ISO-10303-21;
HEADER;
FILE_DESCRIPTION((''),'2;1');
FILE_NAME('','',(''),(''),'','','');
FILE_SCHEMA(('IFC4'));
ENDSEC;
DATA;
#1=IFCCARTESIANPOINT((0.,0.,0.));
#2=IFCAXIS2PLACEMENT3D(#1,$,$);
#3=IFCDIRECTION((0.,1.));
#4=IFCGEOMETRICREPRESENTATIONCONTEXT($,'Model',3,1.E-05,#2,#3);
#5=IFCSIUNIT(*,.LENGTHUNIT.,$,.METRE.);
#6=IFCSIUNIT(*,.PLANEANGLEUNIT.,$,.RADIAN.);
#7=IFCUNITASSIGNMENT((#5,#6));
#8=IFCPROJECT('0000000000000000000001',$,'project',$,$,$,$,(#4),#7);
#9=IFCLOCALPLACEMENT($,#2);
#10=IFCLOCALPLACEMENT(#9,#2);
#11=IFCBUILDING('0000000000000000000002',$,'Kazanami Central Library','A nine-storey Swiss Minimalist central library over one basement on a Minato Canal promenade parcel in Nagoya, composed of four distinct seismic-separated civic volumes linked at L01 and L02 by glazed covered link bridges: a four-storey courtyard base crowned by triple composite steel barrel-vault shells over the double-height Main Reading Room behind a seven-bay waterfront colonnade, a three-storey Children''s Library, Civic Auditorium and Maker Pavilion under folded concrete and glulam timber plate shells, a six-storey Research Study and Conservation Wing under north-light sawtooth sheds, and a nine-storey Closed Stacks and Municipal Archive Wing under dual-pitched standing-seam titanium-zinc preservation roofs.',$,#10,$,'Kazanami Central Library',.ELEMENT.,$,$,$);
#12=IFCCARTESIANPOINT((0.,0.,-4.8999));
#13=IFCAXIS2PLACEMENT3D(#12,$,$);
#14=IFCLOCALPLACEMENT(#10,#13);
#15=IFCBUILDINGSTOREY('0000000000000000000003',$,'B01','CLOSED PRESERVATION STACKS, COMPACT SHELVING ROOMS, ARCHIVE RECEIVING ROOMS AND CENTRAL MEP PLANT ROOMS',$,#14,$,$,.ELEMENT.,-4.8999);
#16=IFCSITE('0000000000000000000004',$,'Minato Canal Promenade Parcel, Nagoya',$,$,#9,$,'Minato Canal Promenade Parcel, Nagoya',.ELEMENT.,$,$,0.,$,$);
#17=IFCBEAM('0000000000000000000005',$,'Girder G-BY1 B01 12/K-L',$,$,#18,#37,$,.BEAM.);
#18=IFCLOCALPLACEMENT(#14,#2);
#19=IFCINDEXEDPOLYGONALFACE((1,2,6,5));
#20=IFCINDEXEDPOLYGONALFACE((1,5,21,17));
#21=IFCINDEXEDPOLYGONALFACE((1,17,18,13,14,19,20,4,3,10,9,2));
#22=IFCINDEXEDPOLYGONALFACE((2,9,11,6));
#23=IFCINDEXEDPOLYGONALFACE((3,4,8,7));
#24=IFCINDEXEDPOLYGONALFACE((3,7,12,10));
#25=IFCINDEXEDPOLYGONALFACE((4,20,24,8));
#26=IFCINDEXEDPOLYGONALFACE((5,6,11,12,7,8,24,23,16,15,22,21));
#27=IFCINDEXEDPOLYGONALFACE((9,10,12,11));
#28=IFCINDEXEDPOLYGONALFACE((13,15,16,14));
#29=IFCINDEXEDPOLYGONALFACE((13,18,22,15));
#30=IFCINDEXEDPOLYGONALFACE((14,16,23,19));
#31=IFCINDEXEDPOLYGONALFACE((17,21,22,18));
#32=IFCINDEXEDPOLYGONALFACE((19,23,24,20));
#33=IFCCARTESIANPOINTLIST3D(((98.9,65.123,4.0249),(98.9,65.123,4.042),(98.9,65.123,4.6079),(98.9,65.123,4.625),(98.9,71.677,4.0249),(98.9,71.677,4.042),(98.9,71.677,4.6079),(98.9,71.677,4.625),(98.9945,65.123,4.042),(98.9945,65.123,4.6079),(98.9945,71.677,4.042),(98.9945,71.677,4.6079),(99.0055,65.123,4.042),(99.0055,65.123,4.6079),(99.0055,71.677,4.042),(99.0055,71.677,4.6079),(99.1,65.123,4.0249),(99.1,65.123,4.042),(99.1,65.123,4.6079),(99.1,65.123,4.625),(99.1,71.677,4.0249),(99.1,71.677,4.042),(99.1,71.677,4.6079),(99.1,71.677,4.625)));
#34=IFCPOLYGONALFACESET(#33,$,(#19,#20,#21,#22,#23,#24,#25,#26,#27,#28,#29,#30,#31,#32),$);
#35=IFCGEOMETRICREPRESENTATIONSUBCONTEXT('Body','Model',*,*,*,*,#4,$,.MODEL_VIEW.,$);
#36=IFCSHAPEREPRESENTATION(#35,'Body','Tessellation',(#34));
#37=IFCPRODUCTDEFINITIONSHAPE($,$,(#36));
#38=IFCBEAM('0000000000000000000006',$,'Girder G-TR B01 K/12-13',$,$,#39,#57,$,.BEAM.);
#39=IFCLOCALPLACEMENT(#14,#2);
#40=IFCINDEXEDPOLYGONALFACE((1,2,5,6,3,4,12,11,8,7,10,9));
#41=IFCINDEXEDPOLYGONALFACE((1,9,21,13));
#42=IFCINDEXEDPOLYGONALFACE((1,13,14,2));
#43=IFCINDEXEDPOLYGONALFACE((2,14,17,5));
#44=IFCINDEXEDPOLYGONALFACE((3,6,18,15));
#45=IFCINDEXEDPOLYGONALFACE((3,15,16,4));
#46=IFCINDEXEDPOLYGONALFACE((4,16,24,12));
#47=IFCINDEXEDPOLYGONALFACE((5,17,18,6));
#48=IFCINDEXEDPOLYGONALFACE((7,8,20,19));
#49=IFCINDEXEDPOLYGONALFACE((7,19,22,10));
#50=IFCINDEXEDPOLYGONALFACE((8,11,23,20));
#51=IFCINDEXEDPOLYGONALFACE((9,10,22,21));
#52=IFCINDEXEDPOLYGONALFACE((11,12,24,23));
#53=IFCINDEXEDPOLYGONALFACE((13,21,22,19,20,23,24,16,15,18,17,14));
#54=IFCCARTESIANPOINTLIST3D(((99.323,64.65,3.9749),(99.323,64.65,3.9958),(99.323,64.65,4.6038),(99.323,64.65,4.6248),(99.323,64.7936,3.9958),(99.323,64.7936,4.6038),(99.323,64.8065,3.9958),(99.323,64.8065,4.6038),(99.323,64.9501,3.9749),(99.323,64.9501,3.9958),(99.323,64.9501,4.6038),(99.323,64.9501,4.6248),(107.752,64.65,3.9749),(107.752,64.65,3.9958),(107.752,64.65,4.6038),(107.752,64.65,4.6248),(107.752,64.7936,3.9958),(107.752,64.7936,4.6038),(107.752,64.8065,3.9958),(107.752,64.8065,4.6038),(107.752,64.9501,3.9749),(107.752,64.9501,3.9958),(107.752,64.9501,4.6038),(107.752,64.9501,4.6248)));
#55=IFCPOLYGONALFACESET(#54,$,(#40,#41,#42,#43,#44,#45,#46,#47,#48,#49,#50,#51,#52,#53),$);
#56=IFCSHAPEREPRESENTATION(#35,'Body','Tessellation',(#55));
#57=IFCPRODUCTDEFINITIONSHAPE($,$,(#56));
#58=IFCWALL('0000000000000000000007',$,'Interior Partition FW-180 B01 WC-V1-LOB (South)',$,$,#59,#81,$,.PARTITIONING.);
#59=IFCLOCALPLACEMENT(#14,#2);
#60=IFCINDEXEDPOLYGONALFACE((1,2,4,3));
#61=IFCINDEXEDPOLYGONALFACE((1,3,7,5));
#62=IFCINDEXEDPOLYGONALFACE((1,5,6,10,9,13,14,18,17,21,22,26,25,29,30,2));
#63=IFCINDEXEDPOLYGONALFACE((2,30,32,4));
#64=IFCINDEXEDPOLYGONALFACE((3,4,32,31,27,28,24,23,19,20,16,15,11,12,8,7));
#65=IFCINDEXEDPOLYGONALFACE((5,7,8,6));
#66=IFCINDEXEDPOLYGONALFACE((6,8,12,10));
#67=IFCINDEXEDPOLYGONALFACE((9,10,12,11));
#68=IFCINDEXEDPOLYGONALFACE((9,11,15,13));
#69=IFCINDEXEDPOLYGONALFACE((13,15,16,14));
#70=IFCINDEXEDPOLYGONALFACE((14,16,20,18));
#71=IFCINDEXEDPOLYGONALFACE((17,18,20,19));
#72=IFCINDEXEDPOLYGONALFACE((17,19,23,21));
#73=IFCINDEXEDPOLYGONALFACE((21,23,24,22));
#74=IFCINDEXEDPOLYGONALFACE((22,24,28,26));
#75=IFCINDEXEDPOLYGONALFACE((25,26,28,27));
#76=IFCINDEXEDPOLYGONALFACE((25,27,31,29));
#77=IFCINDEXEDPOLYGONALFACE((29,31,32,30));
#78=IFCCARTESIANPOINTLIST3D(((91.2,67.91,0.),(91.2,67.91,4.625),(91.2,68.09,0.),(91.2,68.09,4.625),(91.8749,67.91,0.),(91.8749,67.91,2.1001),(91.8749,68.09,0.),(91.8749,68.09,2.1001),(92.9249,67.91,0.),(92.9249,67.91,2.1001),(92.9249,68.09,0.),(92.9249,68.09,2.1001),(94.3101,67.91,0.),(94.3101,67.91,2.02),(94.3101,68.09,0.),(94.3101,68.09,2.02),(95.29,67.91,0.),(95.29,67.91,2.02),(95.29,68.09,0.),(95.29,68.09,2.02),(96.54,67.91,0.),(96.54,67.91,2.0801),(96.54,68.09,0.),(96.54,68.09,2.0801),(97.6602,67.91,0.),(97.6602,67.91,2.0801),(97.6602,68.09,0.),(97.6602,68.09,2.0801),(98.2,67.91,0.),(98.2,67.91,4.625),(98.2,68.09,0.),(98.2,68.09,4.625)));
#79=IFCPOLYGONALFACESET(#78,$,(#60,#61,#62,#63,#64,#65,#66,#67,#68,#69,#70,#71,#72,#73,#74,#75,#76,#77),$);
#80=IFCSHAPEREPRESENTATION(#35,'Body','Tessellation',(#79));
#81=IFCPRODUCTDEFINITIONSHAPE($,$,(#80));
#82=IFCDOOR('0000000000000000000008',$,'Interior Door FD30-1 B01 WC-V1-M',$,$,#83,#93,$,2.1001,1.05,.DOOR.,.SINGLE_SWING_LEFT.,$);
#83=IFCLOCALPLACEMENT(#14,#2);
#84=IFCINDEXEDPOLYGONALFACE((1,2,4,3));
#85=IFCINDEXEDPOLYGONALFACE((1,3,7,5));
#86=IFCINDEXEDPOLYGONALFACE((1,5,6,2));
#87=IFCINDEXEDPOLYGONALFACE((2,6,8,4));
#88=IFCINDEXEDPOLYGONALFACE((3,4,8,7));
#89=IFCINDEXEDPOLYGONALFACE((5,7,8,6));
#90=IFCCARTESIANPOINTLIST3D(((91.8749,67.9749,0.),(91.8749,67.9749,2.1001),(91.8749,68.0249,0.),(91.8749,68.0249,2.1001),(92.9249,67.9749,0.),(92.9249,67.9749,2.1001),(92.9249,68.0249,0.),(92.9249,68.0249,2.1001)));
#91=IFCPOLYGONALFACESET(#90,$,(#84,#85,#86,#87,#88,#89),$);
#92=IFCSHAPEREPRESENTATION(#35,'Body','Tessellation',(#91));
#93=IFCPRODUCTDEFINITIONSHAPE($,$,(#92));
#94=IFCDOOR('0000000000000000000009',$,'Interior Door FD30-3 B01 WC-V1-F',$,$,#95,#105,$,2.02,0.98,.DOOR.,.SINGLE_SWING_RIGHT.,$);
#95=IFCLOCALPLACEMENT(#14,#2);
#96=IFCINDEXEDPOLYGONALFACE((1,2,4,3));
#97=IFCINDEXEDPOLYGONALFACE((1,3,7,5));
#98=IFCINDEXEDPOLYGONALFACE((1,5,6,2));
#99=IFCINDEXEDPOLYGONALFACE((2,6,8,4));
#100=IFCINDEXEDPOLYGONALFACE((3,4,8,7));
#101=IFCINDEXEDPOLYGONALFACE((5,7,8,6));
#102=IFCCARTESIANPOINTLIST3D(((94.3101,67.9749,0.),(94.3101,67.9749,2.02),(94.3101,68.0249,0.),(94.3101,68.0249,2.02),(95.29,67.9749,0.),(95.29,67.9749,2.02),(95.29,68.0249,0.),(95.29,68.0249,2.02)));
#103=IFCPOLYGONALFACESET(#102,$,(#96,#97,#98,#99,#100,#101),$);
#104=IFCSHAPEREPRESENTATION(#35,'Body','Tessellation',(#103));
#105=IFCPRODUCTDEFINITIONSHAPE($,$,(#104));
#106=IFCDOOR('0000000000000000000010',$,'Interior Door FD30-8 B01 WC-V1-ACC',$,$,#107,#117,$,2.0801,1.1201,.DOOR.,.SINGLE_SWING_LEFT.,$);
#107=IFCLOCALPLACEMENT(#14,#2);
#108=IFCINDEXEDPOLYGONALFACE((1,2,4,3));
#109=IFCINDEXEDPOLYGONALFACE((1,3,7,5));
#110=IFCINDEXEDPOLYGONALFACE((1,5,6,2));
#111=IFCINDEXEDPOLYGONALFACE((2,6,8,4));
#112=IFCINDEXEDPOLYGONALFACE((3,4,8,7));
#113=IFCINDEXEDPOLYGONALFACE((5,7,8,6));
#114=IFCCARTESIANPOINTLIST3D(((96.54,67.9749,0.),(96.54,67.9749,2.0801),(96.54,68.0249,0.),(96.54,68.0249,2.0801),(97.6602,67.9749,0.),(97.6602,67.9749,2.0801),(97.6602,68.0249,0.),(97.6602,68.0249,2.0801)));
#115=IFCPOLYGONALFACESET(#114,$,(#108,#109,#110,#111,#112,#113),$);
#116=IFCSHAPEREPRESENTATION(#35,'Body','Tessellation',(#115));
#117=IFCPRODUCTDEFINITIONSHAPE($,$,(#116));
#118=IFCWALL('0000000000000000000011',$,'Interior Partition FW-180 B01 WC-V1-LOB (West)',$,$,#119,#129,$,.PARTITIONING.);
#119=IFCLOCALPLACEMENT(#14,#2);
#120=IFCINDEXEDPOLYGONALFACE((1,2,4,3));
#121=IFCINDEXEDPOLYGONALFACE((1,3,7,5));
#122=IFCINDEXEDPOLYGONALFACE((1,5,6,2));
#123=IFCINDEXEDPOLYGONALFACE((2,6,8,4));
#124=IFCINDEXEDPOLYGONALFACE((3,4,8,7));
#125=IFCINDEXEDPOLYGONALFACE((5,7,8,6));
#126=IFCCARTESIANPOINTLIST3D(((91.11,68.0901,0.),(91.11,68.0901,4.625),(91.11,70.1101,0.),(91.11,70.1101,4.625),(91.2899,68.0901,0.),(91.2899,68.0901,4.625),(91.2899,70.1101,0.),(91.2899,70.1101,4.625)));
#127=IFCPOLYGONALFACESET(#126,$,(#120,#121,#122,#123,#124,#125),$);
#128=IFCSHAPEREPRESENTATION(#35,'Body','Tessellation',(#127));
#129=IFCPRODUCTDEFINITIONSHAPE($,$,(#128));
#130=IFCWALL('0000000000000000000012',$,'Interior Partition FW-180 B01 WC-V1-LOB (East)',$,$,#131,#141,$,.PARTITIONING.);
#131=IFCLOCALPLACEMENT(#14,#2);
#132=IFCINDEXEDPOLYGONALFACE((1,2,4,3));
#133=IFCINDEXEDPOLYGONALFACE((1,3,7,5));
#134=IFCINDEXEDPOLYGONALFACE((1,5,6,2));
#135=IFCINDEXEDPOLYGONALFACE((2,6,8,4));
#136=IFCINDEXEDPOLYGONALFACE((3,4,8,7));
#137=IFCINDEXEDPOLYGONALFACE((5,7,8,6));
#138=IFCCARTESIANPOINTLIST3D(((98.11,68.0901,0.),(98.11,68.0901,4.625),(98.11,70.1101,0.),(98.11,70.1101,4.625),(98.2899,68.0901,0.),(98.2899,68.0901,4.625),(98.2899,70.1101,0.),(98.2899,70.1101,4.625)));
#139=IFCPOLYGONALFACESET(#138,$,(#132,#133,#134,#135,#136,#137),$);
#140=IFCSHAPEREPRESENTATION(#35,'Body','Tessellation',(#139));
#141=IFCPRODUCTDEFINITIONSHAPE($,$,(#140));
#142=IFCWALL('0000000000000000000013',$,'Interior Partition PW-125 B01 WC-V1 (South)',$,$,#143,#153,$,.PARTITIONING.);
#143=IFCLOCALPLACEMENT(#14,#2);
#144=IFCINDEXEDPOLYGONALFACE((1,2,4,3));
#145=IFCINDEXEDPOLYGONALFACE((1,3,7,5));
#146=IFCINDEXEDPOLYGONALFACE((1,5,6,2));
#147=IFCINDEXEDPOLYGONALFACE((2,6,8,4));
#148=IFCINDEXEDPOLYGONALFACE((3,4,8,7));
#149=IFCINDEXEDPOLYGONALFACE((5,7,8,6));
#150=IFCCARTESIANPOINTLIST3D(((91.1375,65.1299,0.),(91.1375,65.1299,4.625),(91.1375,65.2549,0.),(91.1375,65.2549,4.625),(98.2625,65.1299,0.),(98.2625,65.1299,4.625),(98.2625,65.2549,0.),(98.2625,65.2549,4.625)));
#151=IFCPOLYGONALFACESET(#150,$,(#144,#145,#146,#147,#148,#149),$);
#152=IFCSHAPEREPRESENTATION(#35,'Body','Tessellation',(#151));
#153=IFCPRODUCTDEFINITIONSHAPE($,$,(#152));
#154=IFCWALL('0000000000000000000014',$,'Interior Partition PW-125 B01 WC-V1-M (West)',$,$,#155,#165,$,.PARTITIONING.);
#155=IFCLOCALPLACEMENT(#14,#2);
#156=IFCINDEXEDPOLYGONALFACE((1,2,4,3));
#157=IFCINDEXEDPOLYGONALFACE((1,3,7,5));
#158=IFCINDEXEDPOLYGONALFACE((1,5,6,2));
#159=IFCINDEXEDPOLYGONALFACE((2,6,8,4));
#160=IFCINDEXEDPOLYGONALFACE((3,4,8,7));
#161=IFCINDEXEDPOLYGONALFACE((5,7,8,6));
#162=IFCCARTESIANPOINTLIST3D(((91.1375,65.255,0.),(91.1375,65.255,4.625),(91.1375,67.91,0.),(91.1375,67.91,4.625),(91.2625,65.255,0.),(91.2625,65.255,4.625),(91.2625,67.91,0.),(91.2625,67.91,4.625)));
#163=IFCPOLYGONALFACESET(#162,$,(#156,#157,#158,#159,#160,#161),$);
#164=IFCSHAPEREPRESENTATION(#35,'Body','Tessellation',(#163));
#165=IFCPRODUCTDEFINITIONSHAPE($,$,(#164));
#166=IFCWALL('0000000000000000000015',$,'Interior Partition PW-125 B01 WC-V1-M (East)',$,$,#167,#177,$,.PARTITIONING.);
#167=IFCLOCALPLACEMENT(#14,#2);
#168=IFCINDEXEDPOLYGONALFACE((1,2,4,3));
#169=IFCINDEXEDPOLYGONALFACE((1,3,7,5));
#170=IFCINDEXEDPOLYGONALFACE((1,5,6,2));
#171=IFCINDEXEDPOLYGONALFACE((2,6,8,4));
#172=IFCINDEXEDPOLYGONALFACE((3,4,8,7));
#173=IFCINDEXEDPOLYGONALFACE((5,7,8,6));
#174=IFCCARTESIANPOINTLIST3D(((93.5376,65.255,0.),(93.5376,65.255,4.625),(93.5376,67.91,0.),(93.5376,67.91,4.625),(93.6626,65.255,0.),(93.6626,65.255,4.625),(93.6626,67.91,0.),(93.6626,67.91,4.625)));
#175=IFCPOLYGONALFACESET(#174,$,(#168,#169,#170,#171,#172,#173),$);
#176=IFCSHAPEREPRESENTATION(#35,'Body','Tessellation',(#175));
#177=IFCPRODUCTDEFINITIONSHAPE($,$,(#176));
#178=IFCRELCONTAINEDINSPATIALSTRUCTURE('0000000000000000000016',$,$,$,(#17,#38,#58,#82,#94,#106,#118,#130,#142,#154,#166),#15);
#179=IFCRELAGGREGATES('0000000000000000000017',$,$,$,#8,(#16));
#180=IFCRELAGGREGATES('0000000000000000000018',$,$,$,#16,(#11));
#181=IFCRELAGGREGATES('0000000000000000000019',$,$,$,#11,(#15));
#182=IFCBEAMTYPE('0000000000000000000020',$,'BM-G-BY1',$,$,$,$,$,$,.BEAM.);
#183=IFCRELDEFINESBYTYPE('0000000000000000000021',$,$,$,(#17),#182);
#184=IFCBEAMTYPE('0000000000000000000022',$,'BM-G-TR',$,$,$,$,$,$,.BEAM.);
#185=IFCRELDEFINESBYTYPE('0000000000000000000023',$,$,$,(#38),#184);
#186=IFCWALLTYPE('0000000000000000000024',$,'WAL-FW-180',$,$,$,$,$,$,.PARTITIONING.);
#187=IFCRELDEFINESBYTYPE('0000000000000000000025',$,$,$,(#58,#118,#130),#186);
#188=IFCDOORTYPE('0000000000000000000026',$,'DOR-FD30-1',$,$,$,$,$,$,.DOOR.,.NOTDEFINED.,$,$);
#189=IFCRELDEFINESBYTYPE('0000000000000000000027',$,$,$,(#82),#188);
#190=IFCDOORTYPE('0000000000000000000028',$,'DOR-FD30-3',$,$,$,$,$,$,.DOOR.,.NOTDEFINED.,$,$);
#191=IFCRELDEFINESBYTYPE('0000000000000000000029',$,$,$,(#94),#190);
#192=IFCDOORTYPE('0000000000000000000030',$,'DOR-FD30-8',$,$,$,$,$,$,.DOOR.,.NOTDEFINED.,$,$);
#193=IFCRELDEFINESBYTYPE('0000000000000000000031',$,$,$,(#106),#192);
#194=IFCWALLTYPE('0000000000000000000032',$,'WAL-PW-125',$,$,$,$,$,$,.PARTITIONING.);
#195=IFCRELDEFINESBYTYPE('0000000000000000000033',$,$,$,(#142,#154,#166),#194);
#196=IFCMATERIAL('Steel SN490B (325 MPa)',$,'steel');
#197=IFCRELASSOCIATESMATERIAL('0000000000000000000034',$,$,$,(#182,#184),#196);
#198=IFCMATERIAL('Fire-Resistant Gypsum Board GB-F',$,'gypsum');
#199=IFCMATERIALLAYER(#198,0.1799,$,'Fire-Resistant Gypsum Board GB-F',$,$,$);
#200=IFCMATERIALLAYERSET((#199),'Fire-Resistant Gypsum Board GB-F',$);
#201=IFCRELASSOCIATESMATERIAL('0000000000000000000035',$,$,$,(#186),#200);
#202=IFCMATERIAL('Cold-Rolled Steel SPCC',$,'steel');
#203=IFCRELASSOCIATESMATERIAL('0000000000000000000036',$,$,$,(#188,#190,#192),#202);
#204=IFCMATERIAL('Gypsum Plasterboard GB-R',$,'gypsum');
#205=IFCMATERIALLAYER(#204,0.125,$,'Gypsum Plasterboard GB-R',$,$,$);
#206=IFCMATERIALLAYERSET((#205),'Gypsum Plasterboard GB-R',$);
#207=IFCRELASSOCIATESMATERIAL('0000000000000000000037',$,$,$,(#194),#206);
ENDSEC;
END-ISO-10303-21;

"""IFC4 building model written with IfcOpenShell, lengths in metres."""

from ifc_helpers import new_model, si_unit, direction, frame, frame_2d, origin, origin_2d, place, context, subcontext, project, spatial, rectangle, i_section, extrude, material, layer, layer_set, material_profile, profile_set, type_object, element, fill, save


model = new_model("IFC4")

# Units and contexts
model_context = context("Model", 3, precision=1e-05, world=origin(), true_north=direction((0.0, 1.0)))
body_context = subcontext(model_context, "Body", "Model", "MODEL_VIEW")
ifc_project = project(units=[si_unit("LENGTHUNIT", "METRE"), si_unit("PLANEANGLEUNIT", "RADIAN")], contexts=[model_context])

# Site, building, storey
site_placement = place(None, origin())
site = spatial("IfcSite", under=ifc_project, at=site_placement, Name="Minato Canal Promenade Parcel, Nagoya", LongName="Minato Canal Promenade Parcel, Nagoya", CompositionType="ELEMENT", RefElevation=0.0)
building_placement = place(site_placement, origin())
building = spatial("IfcBuilding", under=site, at=building_placement, Name="Kazanami Central Library", Description="A nine-storey Swiss Minimalist central library over one basement on a Minato Canal promenade parcel in Nagoya, composed of four distinct seismic-separated civic volumes linked at L01 and L02 by glazed covered link bridges: a four-storey courtyard base crowned by triple composite steel barrel-vault shells over the double-height Main Reading Room behind a seven-bay waterfront colonnade, a three-storey Children's Library, Civic Auditorium and Maker Pavilion under folded concrete and glulam timber plate shells, a six-storey Research Study and Conservation Wing under north-light sawtooth sheds, and a nine-storey Closed Stacks and Municipal Archive Wing under dual-pitched standing-seam titanium-zinc preservation roofs.", LongName="Kazanami Central Library", CompositionType="ELEMENT")
storey_placement = place(building_placement, frame((0.0, 0.0, -4.8999)))
storey = spatial("IfcBuildingStorey", under=building, at=storey_placement, Name="B01", Description="CLOSED PRESERVATION STACKS, COMPACT SHELVING ROOMS, ARCHIVE RECEIVING ROOMS AND CENTRAL MEP PLANT ROOMS", CompositionType="ELEMENT", Elevation=-4.8999)

# Beams
ifc_material_1 = material(Name="Steel SN490B (325 MPa)", Category="steel")
ifc_material_profile_1 = material_profile(ifc_material_1, i_section(OverallWidth=0.2, OverallDepth=0.6001, WebThickness=0.011, FlangeThickness=0.0171, at=origin_2d()), Name="H-600x200x11x17")
ifc_profile_set_1 = profile_set([ifc_material_profile_1], Name="Steel SN490B (325 MPa)")
beam_type_1 = type_object("IfcBeamType", Name="BM-G-BY1", PredefinedType="BEAM", material=ifc_profile_set_1)
for number, where, z_axis, x_axis, name in (
    (1, (99.0, 65.123, 4.325), (0.0, 1.0, 0.0), (-1.0, 0.0, 0.0), "Girder G-BY1 B01 12/K-L"),
):
    element("IfcBeam", number, at=place(storey_placement, frame(where, z_axis=z_axis, x_axis=x_axis)), inside=storey, type_object=beam_type_1, Name=name, PredefinedType="BEAM", context=body_context, shape_type="SweptSolid", body=[
        extrude(i_section(OverallWidth=0.2, OverallDepth=0.6001, WebThickness=0.011, FlangeThickness=0.0171, at=origin_2d()), origin(), (0.0, 0.0, 1.0), 6.554),
    ])
ifc_material_profile_2 = material_profile(ifc_material_1, i_section(OverallWidth=0.3, OverallDepth=0.6499, WebThickness=0.0129, FlangeThickness=0.021, at=origin_2d()), Name="H-650x300x13x21")
ifc_profile_set_2 = profile_set([ifc_material_profile_2], Name="Steel SN490B (325 MPa)")
beam_type_2 = type_object("IfcBeamType", Name="BM-G-TR", PredefinedType="BEAM", material=ifc_profile_set_2)
beam_placement = place(storey_placement, frame((99.323, 64.8, 4.2998), z_axis=(1.0, 0.0, 0.0), x_axis=(0.0, 1.0, 0.0)))
element("IfcBeam", 2, at=beam_placement, inside=storey, type_object=beam_type_2, Name="Girder G-TR B01 K/12-13", PredefinedType="BEAM", context=body_context, shape_type="SweptSolid", body=[
    extrude(i_section(OverallWidth=0.3, OverallDepth=0.6499, WebThickness=0.0129, FlangeThickness=0.021, at=origin_2d()), origin(), (0.0, 0.0, 1.0), 8.429),
])

# Wall, openings, doors
ifc_material_2 = material(Name="Fire-Resistant Gypsum Board GB-F", Category="gypsum")
ifc_layer_1 = layer(ifc_material_2, 0.1799, Name="Fire-Resistant Gypsum Board GB-F")
ifc_layer_set_1 = layer_set([ifc_layer_1], Name="Fire-Resistant Gypsum Board GB-F")
wall_type_1 = type_object("IfcWallType", Name="WAL-FW-180", PredefinedType="PARTITIONING", material=ifc_layer_set_1)
wall_1_placement = place(storey_placement, frame((91.2, 68.0, 0.0), z_axis=(0.0, 0.0, 1.0), x_axis=(1.0, 0.0, 0.0)))
wall_1 = element("IfcWall", 3, at=wall_1_placement, inside=storey, type_object=wall_type_1, Name="Interior Partition FW-180 B01 WC-V1-LOB (South)", PredefinedType="PARTITIONING", context=body_context, shape_type="SweptSolid", body=[
    extrude(rectangle(XDim=7.0, YDim=0.1799, at=frame_2d((3.5, 0.0))), origin(), (0.0, 0.0, 1.0), 4.625),
])
opening_1_placement = place(wall_1_placement, frame((0.675, 0.0, 0.0)))
opening_1 = element("IfcOpeningElement", 4, at=opening_1_placement, cuts=wall_1, PredefinedType="OPENING", context=body_context, shape_type="SweptSolid", body=[
    extrude(rectangle(XDim=1.05, YDim=2.1001, at=frame_2d((0.5249, 1.05))), frame((0.0, 0.1021, 0.0), z_axis=(0.0, -1.0, 0.0), x_axis=(1.0, 0.0, 0.0)), (0.0, 0.0, 1.0), 0.2039),
])
opening_2_placement = place(wall_1_placement, frame((3.1101, 0.0, 0.0)))
opening_2 = element("IfcOpeningElement", 5, at=opening_2_placement, cuts=wall_1, PredefinedType="OPENING", context=body_context, shape_type="SweptSolid", body=[
    extrude(rectangle(XDim=0.98, YDim=2.02, at=frame_2d((0.49, 1.01))), frame((0.0, 0.1021, 0.0), z_axis=(0.0, -1.0, 0.0), x_axis=(1.0, 0.0, 0.0)), (0.0, 0.0, 1.0), 0.2039),
])
opening_3_placement = place(wall_1_placement, frame((5.3401, 0.0, 0.0)))
opening_3 = element("IfcOpeningElement", 6, at=opening_3_placement, cuts=wall_1, PredefinedType="OPENING", context=body_context, shape_type="SweptSolid", body=[
    extrude(rectangle(XDim=1.1201, YDim=2.0801, at=frame_2d((0.5601, 1.04))), frame((0.0, 0.1021, 0.0), z_axis=(0.0, -1.0, 0.0), x_axis=(1.0, 0.0, 0.0)), (0.0, 0.0, 1.0), 0.2039),
])
ifc_material_3 = material(Name="Cold-Rolled Steel SPCC", Category="steel")
door_type_1 = type_object("IfcDoorType", Name="DOR-FD30-1", OperationType="NOTDEFINED", PredefinedType="DOOR", material=ifc_material_3)
door_1_placement = place(opening_1_placement, origin())
door_1 = element("IfcDoor", 7, at=door_1_placement, inside=storey, type_object=door_type_1, Name="Interior Door FD30-1 B01 WC-V1-M", OperationType="SINGLE_SWING_LEFT", OverallHeight=2.1001, OverallWidth=1.05, PredefinedType="DOOR", context=body_context, shape_type="SweptSolid", body=[
    extrude(rectangle(XDim=1.05, YDim=2.1001, at=frame_2d((0.5249, 1.05))), frame((0.0, 0.0249, 0.0), z_axis=(0.0, -1.0, 0.0), x_axis=(1.0, 0.0, 0.0)), (0.0, 0.0, 1.0), 0.05),
])
fill(opening_1, door_1)
door_type_2 = type_object("IfcDoorType", Name="DOR-FD30-3", OperationType="NOTDEFINED", PredefinedType="DOOR", material=ifc_material_3)
door_2_placement = place(opening_2_placement, origin())
door_2 = element("IfcDoor", 8, at=door_2_placement, inside=storey, type_object=door_type_2, Name="Interior Door FD30-3 B01 WC-V1-F", OperationType="SINGLE_SWING_RIGHT", OverallHeight=2.02, OverallWidth=0.98, PredefinedType="DOOR", context=body_context, shape_type="SweptSolid", body=[
    extrude(rectangle(XDim=0.98, YDim=2.02, at=frame_2d((0.49, 1.01))), frame((0.0, 0.0249, 0.0), z_axis=(0.0, -1.0, 0.0), x_axis=(1.0, 0.0, 0.0)), (0.0, 0.0, 1.0), 0.05),
])
fill(opening_2, door_2)
door_type_3 = type_object("IfcDoorType", Name="DOR-FD30-8", OperationType="NOTDEFINED", PredefinedType="DOOR", material=ifc_material_3)
door_3_placement = place(opening_3_placement, origin())
door_3 = element("IfcDoor", 9, at=door_3_placement, inside=storey, type_object=door_type_3, Name="Interior Door FD30-8 B01 WC-V1-ACC", OperationType="SINGLE_SWING_LEFT", OverallHeight=2.0801, OverallWidth=1.1201, PredefinedType="DOOR", context=body_context, shape_type="SweptSolid", body=[
    extrude(rectangle(XDim=1.1201, YDim=2.0801, at=frame_2d((0.5601, 1.04))), frame((0.0, 0.0249, 0.0), z_axis=(0.0, -1.0, 0.0), x_axis=(1.0, 0.0, 0.0)), (0.0, 0.0, 1.0), 0.05),
])
fill(opening_3, door_3)

# Walls
for number, where, z_axis, x_axis, name in (
    (10, (91.2, 68.0901, 0.0), (0.0, 0.0, 1.0), (0.0, 1.0, 0.0), "Interior Partition FW-180 B01 WC-V1-LOB (West)"),
    (11, (98.2, 68.0901, 0.0), (0.0, 0.0, 1.0), (0.0, 1.0, 0.0), "Interior Partition FW-180 B01 WC-V1-LOB (East)"),
):
    element("IfcWall", number, at=place(storey_placement, frame(where, z_axis=z_axis, x_axis=x_axis)), inside=storey, type_object=wall_type_1, Name=name, PredefinedType="PARTITIONING", context=body_context, shape_type="SweptSolid", body=[
        extrude(rectangle(XDim=2.02, YDim=0.1799, at=frame_2d((1.01, 0.0))), origin(), (0.0, 0.0, 1.0), 4.625),
    ])
ifc_material_4 = material(Name="Gypsum Plasterboard GB-R", Category="gypsum")
ifc_layer_2 = layer(ifc_material_4, 0.125, Name="Gypsum Plasterboard GB-R")
ifc_layer_set_2 = layer_set([ifc_layer_2], Name="Gypsum Plasterboard GB-R")
wall_type_2 = type_object("IfcWallType", Name="WAL-PW-125", PredefinedType="PARTITIONING", material=ifc_layer_set_2)
wall_2_placement = place(storey_placement, frame((91.1375, 65.1924, 0.0), z_axis=(0.0, 0.0, 1.0), x_axis=(1.0, 0.0, 0.0)))
element("IfcWall", 12, at=wall_2_placement, inside=storey, type_object=wall_type_2, Name="Interior Partition PW-125 B01 WC-V1 (South)", PredefinedType="PARTITIONING", context=body_context, shape_type="SweptSolid", body=[
    extrude(rectangle(XDim=7.125, YDim=0.125, at=frame_2d((3.5625, 0.0))), origin(), (0.0, 0.0, 1.0), 4.625),
])
for number, where, z_axis, x_axis, name in (
    (13, (91.2, 65.2549, 0.0), (0.0, 0.0, 1.0), (0.0, 1.0, 0.0), "Interior Partition PW-125 B01 WC-V1-M (West)"),
    (14, (93.6001, 65.2549, 0.0), (0.0, 0.0, 1.0), (0.0, 1.0, 0.0), "Interior Partition PW-125 B01 WC-V1-M (East)"),
):
    element("IfcWall", number, at=place(storey_placement, frame(where, z_axis=z_axis, x_axis=x_axis)), inside=storey, type_object=wall_type_2, Name=name, PredefinedType="PARTITIONING", context=body_context, shape_type="SweptSolid", body=[
        extrude(rectangle(XDim=2.655, YDim=0.125, at=frame_2d((1.3276, 0.0))), origin(), (0.0, 0.0, 1.0), 4.625),
    ])

save(model, "model.ifc")
